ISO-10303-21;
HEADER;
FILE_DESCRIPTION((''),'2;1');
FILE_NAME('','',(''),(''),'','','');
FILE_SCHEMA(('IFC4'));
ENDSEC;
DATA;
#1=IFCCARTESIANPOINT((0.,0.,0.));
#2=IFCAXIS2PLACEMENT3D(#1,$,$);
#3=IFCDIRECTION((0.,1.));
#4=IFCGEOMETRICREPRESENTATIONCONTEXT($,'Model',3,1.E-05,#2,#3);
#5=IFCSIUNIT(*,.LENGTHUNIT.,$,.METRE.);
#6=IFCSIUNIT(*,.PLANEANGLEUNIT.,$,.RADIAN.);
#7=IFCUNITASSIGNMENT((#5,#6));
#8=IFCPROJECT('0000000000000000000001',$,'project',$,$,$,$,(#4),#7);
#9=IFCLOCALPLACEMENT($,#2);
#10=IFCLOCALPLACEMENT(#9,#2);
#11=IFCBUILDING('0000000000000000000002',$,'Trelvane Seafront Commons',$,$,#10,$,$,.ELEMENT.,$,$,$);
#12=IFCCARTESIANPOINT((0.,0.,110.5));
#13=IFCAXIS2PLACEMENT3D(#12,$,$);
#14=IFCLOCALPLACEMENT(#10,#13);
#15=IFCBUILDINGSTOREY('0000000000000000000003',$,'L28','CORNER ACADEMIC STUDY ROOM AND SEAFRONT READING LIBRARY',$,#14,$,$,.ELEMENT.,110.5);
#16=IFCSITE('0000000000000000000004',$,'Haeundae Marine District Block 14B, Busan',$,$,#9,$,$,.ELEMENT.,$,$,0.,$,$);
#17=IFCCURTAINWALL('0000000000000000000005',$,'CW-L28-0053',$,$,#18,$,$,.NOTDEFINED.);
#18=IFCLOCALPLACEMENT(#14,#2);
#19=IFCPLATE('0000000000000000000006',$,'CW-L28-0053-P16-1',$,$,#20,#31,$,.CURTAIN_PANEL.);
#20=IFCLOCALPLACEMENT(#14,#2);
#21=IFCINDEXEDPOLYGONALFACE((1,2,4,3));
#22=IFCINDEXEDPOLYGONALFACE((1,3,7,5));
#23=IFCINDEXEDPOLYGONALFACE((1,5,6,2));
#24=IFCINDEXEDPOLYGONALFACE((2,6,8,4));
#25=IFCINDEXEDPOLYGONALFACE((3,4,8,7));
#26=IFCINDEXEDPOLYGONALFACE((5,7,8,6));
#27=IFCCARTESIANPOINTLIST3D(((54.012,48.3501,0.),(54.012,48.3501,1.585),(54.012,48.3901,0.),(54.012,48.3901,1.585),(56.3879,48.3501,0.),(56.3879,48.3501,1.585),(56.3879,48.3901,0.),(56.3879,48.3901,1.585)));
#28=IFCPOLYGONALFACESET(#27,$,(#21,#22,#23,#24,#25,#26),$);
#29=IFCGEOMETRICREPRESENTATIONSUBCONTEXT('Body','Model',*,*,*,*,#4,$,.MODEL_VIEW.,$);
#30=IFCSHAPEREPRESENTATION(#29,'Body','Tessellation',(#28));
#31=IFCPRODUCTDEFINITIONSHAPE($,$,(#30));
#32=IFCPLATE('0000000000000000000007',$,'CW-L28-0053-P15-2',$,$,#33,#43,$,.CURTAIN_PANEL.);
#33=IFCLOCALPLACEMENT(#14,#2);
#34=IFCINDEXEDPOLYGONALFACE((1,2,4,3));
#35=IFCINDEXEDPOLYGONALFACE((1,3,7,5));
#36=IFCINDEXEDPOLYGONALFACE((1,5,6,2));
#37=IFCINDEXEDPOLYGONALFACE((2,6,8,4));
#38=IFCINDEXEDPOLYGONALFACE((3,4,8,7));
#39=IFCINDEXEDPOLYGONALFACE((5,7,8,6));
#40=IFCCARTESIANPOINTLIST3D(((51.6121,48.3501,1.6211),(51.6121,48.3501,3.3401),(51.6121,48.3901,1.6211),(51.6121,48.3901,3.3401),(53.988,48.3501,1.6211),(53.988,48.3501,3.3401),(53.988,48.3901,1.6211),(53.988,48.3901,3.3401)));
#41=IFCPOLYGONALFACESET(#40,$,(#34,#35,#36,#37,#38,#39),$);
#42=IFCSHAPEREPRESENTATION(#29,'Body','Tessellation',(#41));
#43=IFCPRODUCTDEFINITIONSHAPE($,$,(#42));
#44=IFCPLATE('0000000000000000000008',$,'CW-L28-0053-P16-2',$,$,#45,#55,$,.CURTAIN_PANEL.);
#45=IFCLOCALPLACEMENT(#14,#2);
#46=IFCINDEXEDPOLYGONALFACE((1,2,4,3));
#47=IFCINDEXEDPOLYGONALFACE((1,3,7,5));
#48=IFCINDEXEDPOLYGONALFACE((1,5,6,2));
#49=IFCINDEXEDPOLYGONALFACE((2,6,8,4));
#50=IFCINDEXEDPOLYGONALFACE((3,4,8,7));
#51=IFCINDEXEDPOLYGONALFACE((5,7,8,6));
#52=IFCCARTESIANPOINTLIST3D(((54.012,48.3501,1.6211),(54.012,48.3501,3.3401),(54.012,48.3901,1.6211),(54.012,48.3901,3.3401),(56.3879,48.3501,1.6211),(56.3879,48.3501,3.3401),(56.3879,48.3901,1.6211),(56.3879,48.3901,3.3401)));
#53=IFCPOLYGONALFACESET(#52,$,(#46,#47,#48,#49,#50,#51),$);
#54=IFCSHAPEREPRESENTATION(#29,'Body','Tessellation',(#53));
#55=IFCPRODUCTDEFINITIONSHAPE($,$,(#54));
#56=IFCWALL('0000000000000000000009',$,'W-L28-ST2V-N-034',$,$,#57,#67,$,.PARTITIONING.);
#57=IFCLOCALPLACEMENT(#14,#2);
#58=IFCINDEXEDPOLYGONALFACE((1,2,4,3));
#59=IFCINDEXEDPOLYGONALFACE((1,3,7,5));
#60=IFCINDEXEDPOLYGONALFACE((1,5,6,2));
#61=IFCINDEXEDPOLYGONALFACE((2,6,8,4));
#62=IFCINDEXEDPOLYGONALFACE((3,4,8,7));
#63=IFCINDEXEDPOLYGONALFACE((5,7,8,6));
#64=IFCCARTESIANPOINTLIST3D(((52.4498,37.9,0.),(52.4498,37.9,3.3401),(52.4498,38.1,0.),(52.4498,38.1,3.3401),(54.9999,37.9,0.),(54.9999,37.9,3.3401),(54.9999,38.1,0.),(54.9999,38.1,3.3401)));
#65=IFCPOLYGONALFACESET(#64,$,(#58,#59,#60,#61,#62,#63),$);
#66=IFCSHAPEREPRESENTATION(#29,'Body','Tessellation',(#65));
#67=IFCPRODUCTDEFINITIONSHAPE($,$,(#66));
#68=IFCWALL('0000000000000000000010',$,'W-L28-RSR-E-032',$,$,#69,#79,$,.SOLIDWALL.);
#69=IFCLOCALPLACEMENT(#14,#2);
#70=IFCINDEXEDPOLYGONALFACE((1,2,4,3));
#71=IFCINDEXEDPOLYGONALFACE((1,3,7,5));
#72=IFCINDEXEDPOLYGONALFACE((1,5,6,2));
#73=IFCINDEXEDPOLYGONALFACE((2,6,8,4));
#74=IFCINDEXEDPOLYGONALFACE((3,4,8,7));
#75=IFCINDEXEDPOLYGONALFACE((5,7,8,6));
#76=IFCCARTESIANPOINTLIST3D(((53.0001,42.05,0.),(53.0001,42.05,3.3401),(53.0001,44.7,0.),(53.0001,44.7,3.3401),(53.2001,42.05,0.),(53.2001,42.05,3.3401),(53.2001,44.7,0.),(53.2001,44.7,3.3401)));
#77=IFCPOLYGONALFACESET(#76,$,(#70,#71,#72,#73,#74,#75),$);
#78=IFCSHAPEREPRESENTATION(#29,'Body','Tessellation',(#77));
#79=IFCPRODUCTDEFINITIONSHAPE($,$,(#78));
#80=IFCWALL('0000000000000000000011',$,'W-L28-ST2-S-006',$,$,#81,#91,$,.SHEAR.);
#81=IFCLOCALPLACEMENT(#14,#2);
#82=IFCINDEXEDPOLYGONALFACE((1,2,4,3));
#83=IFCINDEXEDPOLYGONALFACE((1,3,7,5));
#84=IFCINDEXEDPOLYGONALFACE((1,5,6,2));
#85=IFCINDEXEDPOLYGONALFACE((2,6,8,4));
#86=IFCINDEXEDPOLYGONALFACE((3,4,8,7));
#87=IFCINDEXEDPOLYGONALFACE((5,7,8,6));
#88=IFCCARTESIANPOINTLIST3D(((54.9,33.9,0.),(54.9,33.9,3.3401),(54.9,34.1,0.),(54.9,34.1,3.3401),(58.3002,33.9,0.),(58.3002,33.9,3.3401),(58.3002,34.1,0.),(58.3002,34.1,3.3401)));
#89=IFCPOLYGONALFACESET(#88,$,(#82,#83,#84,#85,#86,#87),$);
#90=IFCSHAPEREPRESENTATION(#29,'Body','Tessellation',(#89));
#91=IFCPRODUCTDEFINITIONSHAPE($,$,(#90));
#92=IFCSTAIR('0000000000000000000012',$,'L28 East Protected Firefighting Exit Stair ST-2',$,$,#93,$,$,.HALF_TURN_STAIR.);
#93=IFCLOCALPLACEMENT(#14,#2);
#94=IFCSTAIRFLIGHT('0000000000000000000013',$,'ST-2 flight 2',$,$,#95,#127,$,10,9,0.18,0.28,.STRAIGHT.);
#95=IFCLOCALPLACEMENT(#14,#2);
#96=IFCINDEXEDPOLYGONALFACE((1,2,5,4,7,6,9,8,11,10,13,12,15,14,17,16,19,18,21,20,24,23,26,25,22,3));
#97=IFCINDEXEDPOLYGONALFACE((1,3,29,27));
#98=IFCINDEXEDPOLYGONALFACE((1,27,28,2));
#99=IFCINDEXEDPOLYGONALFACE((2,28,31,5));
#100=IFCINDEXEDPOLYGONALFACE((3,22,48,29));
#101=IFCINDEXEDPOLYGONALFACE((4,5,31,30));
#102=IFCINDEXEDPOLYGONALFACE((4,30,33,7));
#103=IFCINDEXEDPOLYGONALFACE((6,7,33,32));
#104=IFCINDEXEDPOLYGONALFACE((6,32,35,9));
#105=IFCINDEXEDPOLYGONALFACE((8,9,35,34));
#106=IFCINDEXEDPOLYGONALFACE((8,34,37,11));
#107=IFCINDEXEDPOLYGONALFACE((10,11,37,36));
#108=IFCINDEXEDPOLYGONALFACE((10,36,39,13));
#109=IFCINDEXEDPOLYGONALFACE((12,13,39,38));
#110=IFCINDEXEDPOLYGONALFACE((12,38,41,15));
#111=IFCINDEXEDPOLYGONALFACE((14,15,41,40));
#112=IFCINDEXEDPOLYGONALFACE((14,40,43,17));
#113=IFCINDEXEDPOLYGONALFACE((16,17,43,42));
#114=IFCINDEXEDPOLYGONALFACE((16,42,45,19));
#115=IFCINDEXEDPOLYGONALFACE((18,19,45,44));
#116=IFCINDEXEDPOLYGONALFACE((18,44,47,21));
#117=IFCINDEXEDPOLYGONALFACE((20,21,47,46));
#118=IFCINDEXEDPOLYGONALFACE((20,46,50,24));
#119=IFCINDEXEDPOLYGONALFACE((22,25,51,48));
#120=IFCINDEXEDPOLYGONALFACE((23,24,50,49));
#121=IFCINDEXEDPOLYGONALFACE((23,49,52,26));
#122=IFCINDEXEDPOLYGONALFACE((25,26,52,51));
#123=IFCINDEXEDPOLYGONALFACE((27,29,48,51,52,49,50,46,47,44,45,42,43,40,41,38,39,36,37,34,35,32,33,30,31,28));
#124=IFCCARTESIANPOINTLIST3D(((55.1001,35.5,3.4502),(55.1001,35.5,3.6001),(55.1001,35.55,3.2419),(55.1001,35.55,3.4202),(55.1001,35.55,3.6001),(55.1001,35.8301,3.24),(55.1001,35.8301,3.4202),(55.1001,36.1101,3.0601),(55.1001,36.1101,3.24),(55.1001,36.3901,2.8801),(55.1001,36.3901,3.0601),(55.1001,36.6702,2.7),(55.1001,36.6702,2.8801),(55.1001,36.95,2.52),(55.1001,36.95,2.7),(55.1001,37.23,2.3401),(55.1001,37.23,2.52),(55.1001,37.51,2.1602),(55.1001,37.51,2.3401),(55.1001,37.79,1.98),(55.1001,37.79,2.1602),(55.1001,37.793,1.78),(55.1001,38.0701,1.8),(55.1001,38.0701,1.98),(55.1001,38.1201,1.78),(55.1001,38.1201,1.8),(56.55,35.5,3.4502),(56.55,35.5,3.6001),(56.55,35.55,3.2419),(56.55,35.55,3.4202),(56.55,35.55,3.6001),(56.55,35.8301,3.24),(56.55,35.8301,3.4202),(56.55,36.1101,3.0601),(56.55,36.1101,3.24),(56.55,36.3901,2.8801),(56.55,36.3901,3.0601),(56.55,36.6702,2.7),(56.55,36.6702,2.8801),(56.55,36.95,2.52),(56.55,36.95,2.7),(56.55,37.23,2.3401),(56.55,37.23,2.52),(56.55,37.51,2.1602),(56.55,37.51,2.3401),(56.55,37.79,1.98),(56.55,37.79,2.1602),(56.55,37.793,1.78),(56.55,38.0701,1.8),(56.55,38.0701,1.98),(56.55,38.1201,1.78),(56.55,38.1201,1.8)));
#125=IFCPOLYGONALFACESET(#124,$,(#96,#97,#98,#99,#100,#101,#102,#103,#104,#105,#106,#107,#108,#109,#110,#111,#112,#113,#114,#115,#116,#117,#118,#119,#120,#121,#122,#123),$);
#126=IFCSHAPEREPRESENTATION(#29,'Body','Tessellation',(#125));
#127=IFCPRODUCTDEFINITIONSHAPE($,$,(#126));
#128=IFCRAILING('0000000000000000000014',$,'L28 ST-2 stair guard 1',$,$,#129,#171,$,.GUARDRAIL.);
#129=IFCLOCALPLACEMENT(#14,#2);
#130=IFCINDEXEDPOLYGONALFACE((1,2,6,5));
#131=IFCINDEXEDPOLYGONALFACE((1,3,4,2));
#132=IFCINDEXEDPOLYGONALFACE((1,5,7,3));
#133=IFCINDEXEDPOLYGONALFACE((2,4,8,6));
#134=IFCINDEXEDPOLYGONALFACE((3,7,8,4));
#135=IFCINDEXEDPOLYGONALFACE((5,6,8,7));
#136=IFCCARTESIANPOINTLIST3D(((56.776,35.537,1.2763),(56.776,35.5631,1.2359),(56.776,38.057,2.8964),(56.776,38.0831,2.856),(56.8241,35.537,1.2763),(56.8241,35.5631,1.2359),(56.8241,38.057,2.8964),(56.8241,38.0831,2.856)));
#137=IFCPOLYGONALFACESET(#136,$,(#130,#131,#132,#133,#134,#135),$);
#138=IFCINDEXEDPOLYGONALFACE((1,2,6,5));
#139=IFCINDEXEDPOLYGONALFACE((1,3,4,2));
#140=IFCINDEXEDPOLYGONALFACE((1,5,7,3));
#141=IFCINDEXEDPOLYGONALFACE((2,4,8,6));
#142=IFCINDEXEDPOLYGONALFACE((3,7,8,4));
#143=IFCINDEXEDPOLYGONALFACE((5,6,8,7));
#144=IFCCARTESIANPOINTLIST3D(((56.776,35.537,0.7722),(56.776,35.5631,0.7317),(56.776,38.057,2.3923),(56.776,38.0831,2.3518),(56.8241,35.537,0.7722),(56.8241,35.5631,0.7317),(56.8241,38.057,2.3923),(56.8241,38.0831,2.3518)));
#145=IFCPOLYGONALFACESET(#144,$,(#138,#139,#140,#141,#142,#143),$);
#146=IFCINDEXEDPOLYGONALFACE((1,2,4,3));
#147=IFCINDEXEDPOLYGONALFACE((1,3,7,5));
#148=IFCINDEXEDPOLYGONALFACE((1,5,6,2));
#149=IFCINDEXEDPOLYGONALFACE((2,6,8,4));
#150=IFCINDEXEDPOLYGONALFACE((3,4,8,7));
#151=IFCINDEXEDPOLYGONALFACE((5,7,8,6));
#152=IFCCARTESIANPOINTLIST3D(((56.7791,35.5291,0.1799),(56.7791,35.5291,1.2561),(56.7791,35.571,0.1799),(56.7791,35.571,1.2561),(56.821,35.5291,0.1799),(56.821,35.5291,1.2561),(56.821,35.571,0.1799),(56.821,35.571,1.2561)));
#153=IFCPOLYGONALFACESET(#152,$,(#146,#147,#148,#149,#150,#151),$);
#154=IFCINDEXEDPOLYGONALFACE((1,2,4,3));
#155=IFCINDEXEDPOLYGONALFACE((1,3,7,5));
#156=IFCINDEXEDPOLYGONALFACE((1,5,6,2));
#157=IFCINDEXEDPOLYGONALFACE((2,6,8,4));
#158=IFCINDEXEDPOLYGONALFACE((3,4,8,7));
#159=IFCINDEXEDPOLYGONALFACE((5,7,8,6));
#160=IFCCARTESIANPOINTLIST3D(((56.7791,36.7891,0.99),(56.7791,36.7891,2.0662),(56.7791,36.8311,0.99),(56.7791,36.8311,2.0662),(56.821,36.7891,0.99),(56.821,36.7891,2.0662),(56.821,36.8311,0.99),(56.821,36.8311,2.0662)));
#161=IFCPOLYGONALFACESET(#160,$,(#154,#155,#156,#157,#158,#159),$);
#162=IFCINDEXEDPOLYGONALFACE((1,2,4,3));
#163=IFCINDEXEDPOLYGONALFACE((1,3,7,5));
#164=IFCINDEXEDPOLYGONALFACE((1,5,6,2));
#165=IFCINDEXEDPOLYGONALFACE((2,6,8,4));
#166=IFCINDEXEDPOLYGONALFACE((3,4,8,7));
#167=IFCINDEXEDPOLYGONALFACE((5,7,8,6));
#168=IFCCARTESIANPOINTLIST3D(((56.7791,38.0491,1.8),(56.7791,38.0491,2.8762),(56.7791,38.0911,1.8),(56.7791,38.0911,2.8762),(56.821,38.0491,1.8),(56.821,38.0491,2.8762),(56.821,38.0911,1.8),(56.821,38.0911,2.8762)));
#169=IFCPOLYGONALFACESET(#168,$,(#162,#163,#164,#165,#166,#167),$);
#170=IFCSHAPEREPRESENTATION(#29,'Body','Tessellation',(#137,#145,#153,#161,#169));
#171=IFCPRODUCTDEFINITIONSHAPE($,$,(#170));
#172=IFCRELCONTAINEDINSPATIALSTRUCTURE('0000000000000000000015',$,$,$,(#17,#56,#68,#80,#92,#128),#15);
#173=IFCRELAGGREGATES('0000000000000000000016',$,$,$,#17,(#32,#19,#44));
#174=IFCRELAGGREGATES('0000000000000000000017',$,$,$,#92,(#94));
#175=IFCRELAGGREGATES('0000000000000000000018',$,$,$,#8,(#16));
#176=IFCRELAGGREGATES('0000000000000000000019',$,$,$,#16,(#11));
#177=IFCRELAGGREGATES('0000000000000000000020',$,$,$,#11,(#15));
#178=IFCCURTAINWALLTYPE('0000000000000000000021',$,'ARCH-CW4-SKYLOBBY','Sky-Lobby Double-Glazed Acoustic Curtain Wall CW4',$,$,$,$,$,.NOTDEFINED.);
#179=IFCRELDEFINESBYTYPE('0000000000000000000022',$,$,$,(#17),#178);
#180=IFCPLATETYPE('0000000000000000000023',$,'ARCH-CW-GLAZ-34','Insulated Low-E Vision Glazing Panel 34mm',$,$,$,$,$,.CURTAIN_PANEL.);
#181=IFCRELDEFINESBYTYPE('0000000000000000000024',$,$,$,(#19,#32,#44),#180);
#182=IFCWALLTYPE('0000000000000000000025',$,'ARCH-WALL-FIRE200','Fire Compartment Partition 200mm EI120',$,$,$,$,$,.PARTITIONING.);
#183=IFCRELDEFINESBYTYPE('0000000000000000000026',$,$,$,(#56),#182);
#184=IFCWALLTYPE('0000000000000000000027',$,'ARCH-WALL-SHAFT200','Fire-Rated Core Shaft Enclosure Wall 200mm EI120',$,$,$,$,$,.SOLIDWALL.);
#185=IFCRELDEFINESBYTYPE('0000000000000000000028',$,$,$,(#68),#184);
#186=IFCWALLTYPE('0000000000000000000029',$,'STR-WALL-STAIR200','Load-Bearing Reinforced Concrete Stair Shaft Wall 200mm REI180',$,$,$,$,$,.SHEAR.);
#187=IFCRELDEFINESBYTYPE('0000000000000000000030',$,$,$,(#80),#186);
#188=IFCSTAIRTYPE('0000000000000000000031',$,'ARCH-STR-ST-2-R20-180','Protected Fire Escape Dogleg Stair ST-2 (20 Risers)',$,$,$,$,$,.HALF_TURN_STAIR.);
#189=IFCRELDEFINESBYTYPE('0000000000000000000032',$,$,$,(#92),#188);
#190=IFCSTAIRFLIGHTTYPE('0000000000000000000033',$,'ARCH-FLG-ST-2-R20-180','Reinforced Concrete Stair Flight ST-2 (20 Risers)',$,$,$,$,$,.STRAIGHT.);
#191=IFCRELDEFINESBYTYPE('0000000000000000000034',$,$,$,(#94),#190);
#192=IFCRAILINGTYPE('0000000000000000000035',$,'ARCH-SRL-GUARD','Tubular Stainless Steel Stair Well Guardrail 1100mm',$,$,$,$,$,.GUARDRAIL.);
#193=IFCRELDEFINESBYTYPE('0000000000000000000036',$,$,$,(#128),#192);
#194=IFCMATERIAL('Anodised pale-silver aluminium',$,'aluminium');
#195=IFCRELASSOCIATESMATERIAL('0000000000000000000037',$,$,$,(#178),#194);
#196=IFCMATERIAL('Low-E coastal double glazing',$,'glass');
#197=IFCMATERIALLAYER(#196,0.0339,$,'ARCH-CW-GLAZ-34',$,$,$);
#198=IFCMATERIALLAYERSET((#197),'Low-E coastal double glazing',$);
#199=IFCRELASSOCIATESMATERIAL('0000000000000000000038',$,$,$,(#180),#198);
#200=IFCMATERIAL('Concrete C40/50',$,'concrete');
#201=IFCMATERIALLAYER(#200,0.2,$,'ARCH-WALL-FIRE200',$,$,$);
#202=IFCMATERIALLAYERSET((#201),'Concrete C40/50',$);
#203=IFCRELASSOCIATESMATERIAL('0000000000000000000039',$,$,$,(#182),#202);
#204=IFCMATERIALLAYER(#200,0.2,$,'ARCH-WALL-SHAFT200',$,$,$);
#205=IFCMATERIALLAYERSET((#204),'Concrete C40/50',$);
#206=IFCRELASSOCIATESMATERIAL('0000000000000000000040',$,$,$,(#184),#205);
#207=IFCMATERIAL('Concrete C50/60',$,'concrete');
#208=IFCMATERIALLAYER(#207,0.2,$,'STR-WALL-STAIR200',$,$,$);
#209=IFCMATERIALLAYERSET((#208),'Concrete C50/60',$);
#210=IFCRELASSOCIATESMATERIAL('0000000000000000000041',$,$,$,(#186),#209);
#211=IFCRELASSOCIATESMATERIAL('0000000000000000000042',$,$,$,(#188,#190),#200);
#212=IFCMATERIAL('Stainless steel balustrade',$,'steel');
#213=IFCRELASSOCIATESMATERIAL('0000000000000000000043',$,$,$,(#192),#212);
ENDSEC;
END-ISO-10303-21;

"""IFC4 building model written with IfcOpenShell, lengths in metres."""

from ifc_helpers import new_model, si_unit, direction, frame, frame_2d, origin, origin_2d, place, context, subcontext, project, spatial, polyline, rectangle, outline, extrude, source, transform, mapped, material, layer, layer_set, type_object, element, aggregate, save


model = new_model("IFC4")

# Units and contexts
model_context = context("Model", 3, precision=1e-05, world=origin(), true_north=direction((0.0, 1.0)))
body_context = subcontext(model_context, "Body", "Model", "MODEL_VIEW")
ifc_project = project(units=[si_unit("LENGTHUNIT", "METRE"), si_unit("PLANEANGLEUNIT", "RADIAN")], contexts=[model_context])

# Site, building, storey
site_placement = place(None, origin())
site = spatial("IfcSite", under=ifc_project, at=site_placement, Name="Haeundae Marine District Block 14B, Busan", CompositionType="ELEMENT", RefElevation=0.0)
building_placement = place(site_placement, origin())
building = spatial("IfcBuilding", under=site, at=building_placement, Name="Trelvane Seafront Commons", CompositionType="ELEMENT")
storey_placement = place(building_placement, frame((0.0, 0.0, 110.5)))
storey = spatial("IfcBuildingStorey", under=building, at=storey_placement, Name="L28", Description="CORNER ACADEMIC STUDY ROOM AND SEAFRONT READING LIBRARY", CompositionType="ELEMENT", Elevation=110.5)

# Curtain wall
ifc_material_1 = material(Name="Anodised pale-silver aluminium", Category="aluminium")
curtain_wall_type = type_object("IfcCurtainWallType", Name="ARCH-CW4-SKYLOBBY", Description="Sky-Lobby Double-Glazed Acoustic Curtain Wall CW4", PredefinedType="NOTDEFINED", material=ifc_material_1)
curtain_wall_placement = place(storey_placement, origin())
curtain_wall = element("IfcCurtainWall", 1, at=curtain_wall_placement, inside=storey, type_object=curtain_wall_type, Name="CW-L28-0053", PredefinedType="NOTDEFINED")

# Plates
ifc_material_2 = material(Name="Low-E coastal double glazing", Category="glass")
ifc_layer_1 = layer(ifc_material_2, 0.0339, Name="ARCH-CW-GLAZ-34")
ifc_layer_set_1 = layer_set([ifc_layer_1], Name="Low-E coastal double glazing")
plate_type_1 = type_object("IfcPlateType", Name="ARCH-CW-GLAZ-34", Description="Insulated Low-E Vision Glazing Panel 34mm", PredefinedType="CURTAIN_PANEL", material=ifc_layer_set_1)
shared_shape_1 = source(origin(), body_context, "Body", "SweptSolid", [
    extrude(rectangle(XDim=2.376, YDim=0.04, at=origin_2d()), origin(), (0.0, 0.0, 1.0), 1.585),
])
plate_1_placement = place(storey_placement, frame((55.2, 48.3701, 0.0), z_axis=(0.0, 0.0, 1.0), x_axis=(1.0, 0.0, 0.0)))
plate_1 = element("IfcPlate", 2, at=plate_1_placement, type_object=plate_type_1, Name="CW-L28-0053-P16-1", PredefinedType="CURTAIN_PANEL", context=body_context, shape_type="MappedRepresentation", body=[
    mapped(shared_shape_1, transform((0.0, 0.0, 0.0), x_axis=(1.0, 0.0, 0.0), y_axis=(0.0, 1.0, 0.0), z_axis=(0.0, 0.0, 1.0), scale=1.0)),
])
shared_shape_2 = source(origin(), body_context, "Body", "SweptSolid", [
    extrude(rectangle(XDim=2.376, YDim=0.04, at=origin_2d()), origin(), (0.0, 0.0, 1.0), 1.719),
])
plate_2_placement = place(storey_placement, frame((52.8, 48.3701, 1.6211), z_axis=(0.0, 0.0, 1.0), x_axis=(1.0, 0.0, 0.0)))
plate_2 = element("IfcPlate", 3, at=plate_2_placement, type_object=plate_type_1, Name="CW-L28-0053-P15-2", PredefinedType="CURTAIN_PANEL", context=body_context, shape_type="MappedRepresentation", body=[
    mapped(shared_shape_2, transform((0.0, 0.0, 0.0), x_axis=(1.0, 0.0, 0.0), y_axis=(0.0, 1.0, 0.0), z_axis=(0.0, 0.0, 1.0), scale=1.0)),
])
plate_3_placement = place(storey_placement, frame((55.2, 48.3701, 1.6211), z_axis=(0.0, 0.0, 1.0), x_axis=(1.0, 0.0, 0.0)))
plate_3 = element("IfcPlate", 4, at=plate_3_placement, type_object=plate_type_1, Name="CW-L28-0053-P16-2", PredefinedType="CURTAIN_PANEL", context=body_context, shape_type="MappedRepresentation", body=[
    mapped(shared_shape_2, transform((0.0, 0.0, 0.0), x_axis=(1.0, 0.0, 0.0), y_axis=(0.0, 1.0, 0.0), z_axis=(0.0, 0.0, 1.0), scale=1.0)),
])
aggregate(curtain_wall, [plate_2, plate_1, plate_3])

# Walls
ifc_material_3 = material(Name="Concrete C40/50", Category="concrete")
ifc_layer_2 = layer(ifc_material_3, 0.2, Name="ARCH-WALL-FIRE200")
ifc_layer_set_2 = layer_set([ifc_layer_2], Name="Concrete C40/50")
wall_type_1 = type_object("IfcWallType", Name="ARCH-WALL-FIRE200", Description="Fire Compartment Partition 200mm EI120", PredefinedType="PARTITIONING", material=ifc_layer_set_2)
wall_1_placement = place(storey_placement, frame((52.45, 38.0, 0.0), z_axis=(0.0, 0.0, 1.0), x_axis=(1.0, 0.0, 0.0)))
element("IfcWall", 5, at=wall_1_placement, inside=storey, type_object=wall_type_1, Name="W-L28-ST2V-N-034", PredefinedType="PARTITIONING", context=body_context, shape_type="SweptSolid", body=[
    extrude(rectangle(XDim=2.55, YDim=0.2, at=frame_2d((1.2749, 0.0))), origin(), (0.0, 0.0, 1.0), 3.3401),
])
ifc_layer_3 = layer(ifc_material_3, 0.2, Name="ARCH-WALL-SHAFT200")
ifc_layer_set_3 = layer_set([ifc_layer_3], Name="Concrete C40/50")
wall_type_2 = type_object("IfcWallType", Name="ARCH-WALL-SHAFT200", Description="Fire-Rated Core Shaft Enclosure Wall 200mm EI120", PredefinedType="SOLIDWALL", material=ifc_layer_set_3)
wall_2_placement = place(storey_placement, frame((53.1001, 42.05, 0.0), z_axis=(0.0, 0.0, 1.0), x_axis=(0.0, 1.0, 0.0)))
element("IfcWall", 6, at=wall_2_placement, inside=storey, type_object=wall_type_2, Name="W-L28-RSR-E-032", PredefinedType="SOLIDWALL", context=body_context, shape_type="SweptSolid", body=[
    extrude(rectangle(XDim=2.6499, YDim=0.2, at=frame_2d((1.325, 0.0))), origin(), (0.0, 0.0, 1.0), 3.3401),
])
ifc_material_4 = material(Name="Concrete C50/60", Category="concrete")
ifc_layer_4 = layer(ifc_material_4, 0.2, Name="STR-WALL-STAIR200")
ifc_layer_set_4 = layer_set([ifc_layer_4], Name="Concrete C50/60")
wall_type_3 = type_object("IfcWallType", Name="STR-WALL-STAIR200", Description="Load-Bearing Reinforced Concrete Stair Shaft Wall 200mm REI180", PredefinedType="SHEAR", material=ifc_layer_set_4)
wall_3_placement = place(storey_placement, frame((54.8999, 34.0, 0.0), z_axis=(0.0, 0.0, 1.0), x_axis=(1.0, 0.0, 0.0)))
element("IfcWall", 7, at=wall_3_placement, inside=storey, type_object=wall_type_3, Name="W-L28-ST2-S-006", PredefinedType="SHEAR", context=body_context, shape_type="SweptSolid", body=[
    extrude(rectangle(XDim=3.4001, YDim=0.2, at=frame_2d((1.7002, 0.0))), origin(), (0.0, 0.0, 1.0), 3.3401),
])

# Stair, stair flight
stair_type = type_object("IfcStairType", Name="ARCH-STR-ST-2-R20-180", Description="Protected Fire Escape Dogleg Stair ST-2 (20 Risers)", PredefinedType="HALF_TURN_STAIR", material=ifc_material_3)
stair_placement = place(storey_placement, origin())
stair = element("IfcStair", 8, at=stair_placement, inside=storey, type_object=stair_type, Name="L28 East Protected Firefighting Exit Stair ST-2", PredefinedType="HALF_TURN_STAIR")
stair_flight_type = type_object("IfcStairFlightType", Name="ARCH-FLG-ST-2-R20-180", Description="Reinforced Concrete Stair Flight ST-2 (20 Risers)", PredefinedType="STRAIGHT", material=ifc_material_3)
shared_shape_3 = source(origin(), body_context, "Body", "SweptSolid", [
    extrude(outline(polyline([(-0.05, -0.02), (-0.05, 0.0), (0.0, 0.0), (0.0, 0.1799), (0.28, 0.1799), (0.28, 0.3601), (0.5601, 0.3601), (0.5601, 0.54), (0.8401, 0.54), (0.8401, 0.72), (1.1201, 0.72), (1.1201, 0.8999), (1.3999, 0.8999), (1.3999, 1.0801), (1.6799, 1.0801), (1.6799, 1.26), (1.96, 1.26), (1.96, 1.4399), (2.24, 1.4399), (2.24, 1.6201), (2.52, 1.6201), (2.52, 1.8), (2.5701, 1.8), (2.5701, 1.6501), (2.52, 1.4419), (0.2771, -0.02), (-0.05, -0.02)])), frame((0.0, 0.7251, 0.0), z_axis=(0.0, -1.0, 0.0), x_axis=(1.0, 0.0, 0.0)), (0.0, 0.0, 1.0), 1.45),
])
stair_flight_placement = place(storey_placement, frame((55.825, 38.0701, 1.8), z_axis=(0.0, 0.0, 1.0), x_axis=(0.0, -1.0, 0.0)))
stair_flight = element("IfcStairFlight", 9, at=stair_flight_placement, type_object=stair_flight_type, Name="ST-2 flight 2", NumberOfRisers=10, NumberOfTreads=9, PredefinedType="STRAIGHT", RiserHeight=0.18, TreadLength=0.28, context=body_context, shape_type="MappedRepresentation", body=[
    mapped(shared_shape_3, transform((0.0, 0.0, 0.0), x_axis=(1.0, 0.0, 0.0), y_axis=(0.0, 1.0, 0.0), z_axis=(0.0, 0.0, 1.0), scale=1.0)),
])
aggregate(stair, [stair_flight])

# Railing
ifc_material_5 = material(Name="Stainless steel balustrade", Category="steel")
railing_type_1 = type_object("IfcRailingType", Name="ARCH-SRL-GUARD", Description="Tubular Stainless Steel Stair Well Guardrail 1100mm", PredefinedType="GUARDRAIL", material=ifc_material_5)
railing_1_placement = place(storey_placement, frame((56.8, 35.55, 0.1799)))
element("IfcRailing", 10, at=railing_1_placement, inside=storey, type_object=railing_type_1, Name="L28 ST-2 stair guard 1", PredefinedType="GUARDRAIL", context=body_context, shape_type="SweptSolid", body=[
    extrude(rectangle(XDim=0.0481, YDim=0.0481, at=origin_2d()), frame((0.0, 0.0, 1.0762), z_axis=(0.0, 0.841163, 0.540782), x_axis=(-1.0, 0.0, 0.0)), (0.0, 0.0, 1.0), 2.9958),
    extrude(rectangle(XDim=0.0481, YDim=0.0481, at=origin_2d()), frame((0.0, 0.0, 0.572), z_axis=(0.0, 0.841163, 0.540782), x_axis=(-1.0, 0.0, 0.0)), (0.0, 0.0, 1.0), 2.9958),
    extrude(rectangle(XDim=0.042, YDim=0.042, at=origin_2d()), origin(), (0.0, 0.0, 1.0), 1.0762),
    extrude(rectangle(XDim=0.042, YDim=0.042, at=origin_2d()), frame((0.0, 1.26, 0.8101)), (0.0, 0.0, 1.0), 1.0762),
    extrude(rectangle(XDim=0.042, YDim=0.042, at=origin_2d()), frame((0.0, 2.52, 1.6201)), (0.0, 0.0, 1.0), 1.0762),
])

save(model, "model.ifc")
